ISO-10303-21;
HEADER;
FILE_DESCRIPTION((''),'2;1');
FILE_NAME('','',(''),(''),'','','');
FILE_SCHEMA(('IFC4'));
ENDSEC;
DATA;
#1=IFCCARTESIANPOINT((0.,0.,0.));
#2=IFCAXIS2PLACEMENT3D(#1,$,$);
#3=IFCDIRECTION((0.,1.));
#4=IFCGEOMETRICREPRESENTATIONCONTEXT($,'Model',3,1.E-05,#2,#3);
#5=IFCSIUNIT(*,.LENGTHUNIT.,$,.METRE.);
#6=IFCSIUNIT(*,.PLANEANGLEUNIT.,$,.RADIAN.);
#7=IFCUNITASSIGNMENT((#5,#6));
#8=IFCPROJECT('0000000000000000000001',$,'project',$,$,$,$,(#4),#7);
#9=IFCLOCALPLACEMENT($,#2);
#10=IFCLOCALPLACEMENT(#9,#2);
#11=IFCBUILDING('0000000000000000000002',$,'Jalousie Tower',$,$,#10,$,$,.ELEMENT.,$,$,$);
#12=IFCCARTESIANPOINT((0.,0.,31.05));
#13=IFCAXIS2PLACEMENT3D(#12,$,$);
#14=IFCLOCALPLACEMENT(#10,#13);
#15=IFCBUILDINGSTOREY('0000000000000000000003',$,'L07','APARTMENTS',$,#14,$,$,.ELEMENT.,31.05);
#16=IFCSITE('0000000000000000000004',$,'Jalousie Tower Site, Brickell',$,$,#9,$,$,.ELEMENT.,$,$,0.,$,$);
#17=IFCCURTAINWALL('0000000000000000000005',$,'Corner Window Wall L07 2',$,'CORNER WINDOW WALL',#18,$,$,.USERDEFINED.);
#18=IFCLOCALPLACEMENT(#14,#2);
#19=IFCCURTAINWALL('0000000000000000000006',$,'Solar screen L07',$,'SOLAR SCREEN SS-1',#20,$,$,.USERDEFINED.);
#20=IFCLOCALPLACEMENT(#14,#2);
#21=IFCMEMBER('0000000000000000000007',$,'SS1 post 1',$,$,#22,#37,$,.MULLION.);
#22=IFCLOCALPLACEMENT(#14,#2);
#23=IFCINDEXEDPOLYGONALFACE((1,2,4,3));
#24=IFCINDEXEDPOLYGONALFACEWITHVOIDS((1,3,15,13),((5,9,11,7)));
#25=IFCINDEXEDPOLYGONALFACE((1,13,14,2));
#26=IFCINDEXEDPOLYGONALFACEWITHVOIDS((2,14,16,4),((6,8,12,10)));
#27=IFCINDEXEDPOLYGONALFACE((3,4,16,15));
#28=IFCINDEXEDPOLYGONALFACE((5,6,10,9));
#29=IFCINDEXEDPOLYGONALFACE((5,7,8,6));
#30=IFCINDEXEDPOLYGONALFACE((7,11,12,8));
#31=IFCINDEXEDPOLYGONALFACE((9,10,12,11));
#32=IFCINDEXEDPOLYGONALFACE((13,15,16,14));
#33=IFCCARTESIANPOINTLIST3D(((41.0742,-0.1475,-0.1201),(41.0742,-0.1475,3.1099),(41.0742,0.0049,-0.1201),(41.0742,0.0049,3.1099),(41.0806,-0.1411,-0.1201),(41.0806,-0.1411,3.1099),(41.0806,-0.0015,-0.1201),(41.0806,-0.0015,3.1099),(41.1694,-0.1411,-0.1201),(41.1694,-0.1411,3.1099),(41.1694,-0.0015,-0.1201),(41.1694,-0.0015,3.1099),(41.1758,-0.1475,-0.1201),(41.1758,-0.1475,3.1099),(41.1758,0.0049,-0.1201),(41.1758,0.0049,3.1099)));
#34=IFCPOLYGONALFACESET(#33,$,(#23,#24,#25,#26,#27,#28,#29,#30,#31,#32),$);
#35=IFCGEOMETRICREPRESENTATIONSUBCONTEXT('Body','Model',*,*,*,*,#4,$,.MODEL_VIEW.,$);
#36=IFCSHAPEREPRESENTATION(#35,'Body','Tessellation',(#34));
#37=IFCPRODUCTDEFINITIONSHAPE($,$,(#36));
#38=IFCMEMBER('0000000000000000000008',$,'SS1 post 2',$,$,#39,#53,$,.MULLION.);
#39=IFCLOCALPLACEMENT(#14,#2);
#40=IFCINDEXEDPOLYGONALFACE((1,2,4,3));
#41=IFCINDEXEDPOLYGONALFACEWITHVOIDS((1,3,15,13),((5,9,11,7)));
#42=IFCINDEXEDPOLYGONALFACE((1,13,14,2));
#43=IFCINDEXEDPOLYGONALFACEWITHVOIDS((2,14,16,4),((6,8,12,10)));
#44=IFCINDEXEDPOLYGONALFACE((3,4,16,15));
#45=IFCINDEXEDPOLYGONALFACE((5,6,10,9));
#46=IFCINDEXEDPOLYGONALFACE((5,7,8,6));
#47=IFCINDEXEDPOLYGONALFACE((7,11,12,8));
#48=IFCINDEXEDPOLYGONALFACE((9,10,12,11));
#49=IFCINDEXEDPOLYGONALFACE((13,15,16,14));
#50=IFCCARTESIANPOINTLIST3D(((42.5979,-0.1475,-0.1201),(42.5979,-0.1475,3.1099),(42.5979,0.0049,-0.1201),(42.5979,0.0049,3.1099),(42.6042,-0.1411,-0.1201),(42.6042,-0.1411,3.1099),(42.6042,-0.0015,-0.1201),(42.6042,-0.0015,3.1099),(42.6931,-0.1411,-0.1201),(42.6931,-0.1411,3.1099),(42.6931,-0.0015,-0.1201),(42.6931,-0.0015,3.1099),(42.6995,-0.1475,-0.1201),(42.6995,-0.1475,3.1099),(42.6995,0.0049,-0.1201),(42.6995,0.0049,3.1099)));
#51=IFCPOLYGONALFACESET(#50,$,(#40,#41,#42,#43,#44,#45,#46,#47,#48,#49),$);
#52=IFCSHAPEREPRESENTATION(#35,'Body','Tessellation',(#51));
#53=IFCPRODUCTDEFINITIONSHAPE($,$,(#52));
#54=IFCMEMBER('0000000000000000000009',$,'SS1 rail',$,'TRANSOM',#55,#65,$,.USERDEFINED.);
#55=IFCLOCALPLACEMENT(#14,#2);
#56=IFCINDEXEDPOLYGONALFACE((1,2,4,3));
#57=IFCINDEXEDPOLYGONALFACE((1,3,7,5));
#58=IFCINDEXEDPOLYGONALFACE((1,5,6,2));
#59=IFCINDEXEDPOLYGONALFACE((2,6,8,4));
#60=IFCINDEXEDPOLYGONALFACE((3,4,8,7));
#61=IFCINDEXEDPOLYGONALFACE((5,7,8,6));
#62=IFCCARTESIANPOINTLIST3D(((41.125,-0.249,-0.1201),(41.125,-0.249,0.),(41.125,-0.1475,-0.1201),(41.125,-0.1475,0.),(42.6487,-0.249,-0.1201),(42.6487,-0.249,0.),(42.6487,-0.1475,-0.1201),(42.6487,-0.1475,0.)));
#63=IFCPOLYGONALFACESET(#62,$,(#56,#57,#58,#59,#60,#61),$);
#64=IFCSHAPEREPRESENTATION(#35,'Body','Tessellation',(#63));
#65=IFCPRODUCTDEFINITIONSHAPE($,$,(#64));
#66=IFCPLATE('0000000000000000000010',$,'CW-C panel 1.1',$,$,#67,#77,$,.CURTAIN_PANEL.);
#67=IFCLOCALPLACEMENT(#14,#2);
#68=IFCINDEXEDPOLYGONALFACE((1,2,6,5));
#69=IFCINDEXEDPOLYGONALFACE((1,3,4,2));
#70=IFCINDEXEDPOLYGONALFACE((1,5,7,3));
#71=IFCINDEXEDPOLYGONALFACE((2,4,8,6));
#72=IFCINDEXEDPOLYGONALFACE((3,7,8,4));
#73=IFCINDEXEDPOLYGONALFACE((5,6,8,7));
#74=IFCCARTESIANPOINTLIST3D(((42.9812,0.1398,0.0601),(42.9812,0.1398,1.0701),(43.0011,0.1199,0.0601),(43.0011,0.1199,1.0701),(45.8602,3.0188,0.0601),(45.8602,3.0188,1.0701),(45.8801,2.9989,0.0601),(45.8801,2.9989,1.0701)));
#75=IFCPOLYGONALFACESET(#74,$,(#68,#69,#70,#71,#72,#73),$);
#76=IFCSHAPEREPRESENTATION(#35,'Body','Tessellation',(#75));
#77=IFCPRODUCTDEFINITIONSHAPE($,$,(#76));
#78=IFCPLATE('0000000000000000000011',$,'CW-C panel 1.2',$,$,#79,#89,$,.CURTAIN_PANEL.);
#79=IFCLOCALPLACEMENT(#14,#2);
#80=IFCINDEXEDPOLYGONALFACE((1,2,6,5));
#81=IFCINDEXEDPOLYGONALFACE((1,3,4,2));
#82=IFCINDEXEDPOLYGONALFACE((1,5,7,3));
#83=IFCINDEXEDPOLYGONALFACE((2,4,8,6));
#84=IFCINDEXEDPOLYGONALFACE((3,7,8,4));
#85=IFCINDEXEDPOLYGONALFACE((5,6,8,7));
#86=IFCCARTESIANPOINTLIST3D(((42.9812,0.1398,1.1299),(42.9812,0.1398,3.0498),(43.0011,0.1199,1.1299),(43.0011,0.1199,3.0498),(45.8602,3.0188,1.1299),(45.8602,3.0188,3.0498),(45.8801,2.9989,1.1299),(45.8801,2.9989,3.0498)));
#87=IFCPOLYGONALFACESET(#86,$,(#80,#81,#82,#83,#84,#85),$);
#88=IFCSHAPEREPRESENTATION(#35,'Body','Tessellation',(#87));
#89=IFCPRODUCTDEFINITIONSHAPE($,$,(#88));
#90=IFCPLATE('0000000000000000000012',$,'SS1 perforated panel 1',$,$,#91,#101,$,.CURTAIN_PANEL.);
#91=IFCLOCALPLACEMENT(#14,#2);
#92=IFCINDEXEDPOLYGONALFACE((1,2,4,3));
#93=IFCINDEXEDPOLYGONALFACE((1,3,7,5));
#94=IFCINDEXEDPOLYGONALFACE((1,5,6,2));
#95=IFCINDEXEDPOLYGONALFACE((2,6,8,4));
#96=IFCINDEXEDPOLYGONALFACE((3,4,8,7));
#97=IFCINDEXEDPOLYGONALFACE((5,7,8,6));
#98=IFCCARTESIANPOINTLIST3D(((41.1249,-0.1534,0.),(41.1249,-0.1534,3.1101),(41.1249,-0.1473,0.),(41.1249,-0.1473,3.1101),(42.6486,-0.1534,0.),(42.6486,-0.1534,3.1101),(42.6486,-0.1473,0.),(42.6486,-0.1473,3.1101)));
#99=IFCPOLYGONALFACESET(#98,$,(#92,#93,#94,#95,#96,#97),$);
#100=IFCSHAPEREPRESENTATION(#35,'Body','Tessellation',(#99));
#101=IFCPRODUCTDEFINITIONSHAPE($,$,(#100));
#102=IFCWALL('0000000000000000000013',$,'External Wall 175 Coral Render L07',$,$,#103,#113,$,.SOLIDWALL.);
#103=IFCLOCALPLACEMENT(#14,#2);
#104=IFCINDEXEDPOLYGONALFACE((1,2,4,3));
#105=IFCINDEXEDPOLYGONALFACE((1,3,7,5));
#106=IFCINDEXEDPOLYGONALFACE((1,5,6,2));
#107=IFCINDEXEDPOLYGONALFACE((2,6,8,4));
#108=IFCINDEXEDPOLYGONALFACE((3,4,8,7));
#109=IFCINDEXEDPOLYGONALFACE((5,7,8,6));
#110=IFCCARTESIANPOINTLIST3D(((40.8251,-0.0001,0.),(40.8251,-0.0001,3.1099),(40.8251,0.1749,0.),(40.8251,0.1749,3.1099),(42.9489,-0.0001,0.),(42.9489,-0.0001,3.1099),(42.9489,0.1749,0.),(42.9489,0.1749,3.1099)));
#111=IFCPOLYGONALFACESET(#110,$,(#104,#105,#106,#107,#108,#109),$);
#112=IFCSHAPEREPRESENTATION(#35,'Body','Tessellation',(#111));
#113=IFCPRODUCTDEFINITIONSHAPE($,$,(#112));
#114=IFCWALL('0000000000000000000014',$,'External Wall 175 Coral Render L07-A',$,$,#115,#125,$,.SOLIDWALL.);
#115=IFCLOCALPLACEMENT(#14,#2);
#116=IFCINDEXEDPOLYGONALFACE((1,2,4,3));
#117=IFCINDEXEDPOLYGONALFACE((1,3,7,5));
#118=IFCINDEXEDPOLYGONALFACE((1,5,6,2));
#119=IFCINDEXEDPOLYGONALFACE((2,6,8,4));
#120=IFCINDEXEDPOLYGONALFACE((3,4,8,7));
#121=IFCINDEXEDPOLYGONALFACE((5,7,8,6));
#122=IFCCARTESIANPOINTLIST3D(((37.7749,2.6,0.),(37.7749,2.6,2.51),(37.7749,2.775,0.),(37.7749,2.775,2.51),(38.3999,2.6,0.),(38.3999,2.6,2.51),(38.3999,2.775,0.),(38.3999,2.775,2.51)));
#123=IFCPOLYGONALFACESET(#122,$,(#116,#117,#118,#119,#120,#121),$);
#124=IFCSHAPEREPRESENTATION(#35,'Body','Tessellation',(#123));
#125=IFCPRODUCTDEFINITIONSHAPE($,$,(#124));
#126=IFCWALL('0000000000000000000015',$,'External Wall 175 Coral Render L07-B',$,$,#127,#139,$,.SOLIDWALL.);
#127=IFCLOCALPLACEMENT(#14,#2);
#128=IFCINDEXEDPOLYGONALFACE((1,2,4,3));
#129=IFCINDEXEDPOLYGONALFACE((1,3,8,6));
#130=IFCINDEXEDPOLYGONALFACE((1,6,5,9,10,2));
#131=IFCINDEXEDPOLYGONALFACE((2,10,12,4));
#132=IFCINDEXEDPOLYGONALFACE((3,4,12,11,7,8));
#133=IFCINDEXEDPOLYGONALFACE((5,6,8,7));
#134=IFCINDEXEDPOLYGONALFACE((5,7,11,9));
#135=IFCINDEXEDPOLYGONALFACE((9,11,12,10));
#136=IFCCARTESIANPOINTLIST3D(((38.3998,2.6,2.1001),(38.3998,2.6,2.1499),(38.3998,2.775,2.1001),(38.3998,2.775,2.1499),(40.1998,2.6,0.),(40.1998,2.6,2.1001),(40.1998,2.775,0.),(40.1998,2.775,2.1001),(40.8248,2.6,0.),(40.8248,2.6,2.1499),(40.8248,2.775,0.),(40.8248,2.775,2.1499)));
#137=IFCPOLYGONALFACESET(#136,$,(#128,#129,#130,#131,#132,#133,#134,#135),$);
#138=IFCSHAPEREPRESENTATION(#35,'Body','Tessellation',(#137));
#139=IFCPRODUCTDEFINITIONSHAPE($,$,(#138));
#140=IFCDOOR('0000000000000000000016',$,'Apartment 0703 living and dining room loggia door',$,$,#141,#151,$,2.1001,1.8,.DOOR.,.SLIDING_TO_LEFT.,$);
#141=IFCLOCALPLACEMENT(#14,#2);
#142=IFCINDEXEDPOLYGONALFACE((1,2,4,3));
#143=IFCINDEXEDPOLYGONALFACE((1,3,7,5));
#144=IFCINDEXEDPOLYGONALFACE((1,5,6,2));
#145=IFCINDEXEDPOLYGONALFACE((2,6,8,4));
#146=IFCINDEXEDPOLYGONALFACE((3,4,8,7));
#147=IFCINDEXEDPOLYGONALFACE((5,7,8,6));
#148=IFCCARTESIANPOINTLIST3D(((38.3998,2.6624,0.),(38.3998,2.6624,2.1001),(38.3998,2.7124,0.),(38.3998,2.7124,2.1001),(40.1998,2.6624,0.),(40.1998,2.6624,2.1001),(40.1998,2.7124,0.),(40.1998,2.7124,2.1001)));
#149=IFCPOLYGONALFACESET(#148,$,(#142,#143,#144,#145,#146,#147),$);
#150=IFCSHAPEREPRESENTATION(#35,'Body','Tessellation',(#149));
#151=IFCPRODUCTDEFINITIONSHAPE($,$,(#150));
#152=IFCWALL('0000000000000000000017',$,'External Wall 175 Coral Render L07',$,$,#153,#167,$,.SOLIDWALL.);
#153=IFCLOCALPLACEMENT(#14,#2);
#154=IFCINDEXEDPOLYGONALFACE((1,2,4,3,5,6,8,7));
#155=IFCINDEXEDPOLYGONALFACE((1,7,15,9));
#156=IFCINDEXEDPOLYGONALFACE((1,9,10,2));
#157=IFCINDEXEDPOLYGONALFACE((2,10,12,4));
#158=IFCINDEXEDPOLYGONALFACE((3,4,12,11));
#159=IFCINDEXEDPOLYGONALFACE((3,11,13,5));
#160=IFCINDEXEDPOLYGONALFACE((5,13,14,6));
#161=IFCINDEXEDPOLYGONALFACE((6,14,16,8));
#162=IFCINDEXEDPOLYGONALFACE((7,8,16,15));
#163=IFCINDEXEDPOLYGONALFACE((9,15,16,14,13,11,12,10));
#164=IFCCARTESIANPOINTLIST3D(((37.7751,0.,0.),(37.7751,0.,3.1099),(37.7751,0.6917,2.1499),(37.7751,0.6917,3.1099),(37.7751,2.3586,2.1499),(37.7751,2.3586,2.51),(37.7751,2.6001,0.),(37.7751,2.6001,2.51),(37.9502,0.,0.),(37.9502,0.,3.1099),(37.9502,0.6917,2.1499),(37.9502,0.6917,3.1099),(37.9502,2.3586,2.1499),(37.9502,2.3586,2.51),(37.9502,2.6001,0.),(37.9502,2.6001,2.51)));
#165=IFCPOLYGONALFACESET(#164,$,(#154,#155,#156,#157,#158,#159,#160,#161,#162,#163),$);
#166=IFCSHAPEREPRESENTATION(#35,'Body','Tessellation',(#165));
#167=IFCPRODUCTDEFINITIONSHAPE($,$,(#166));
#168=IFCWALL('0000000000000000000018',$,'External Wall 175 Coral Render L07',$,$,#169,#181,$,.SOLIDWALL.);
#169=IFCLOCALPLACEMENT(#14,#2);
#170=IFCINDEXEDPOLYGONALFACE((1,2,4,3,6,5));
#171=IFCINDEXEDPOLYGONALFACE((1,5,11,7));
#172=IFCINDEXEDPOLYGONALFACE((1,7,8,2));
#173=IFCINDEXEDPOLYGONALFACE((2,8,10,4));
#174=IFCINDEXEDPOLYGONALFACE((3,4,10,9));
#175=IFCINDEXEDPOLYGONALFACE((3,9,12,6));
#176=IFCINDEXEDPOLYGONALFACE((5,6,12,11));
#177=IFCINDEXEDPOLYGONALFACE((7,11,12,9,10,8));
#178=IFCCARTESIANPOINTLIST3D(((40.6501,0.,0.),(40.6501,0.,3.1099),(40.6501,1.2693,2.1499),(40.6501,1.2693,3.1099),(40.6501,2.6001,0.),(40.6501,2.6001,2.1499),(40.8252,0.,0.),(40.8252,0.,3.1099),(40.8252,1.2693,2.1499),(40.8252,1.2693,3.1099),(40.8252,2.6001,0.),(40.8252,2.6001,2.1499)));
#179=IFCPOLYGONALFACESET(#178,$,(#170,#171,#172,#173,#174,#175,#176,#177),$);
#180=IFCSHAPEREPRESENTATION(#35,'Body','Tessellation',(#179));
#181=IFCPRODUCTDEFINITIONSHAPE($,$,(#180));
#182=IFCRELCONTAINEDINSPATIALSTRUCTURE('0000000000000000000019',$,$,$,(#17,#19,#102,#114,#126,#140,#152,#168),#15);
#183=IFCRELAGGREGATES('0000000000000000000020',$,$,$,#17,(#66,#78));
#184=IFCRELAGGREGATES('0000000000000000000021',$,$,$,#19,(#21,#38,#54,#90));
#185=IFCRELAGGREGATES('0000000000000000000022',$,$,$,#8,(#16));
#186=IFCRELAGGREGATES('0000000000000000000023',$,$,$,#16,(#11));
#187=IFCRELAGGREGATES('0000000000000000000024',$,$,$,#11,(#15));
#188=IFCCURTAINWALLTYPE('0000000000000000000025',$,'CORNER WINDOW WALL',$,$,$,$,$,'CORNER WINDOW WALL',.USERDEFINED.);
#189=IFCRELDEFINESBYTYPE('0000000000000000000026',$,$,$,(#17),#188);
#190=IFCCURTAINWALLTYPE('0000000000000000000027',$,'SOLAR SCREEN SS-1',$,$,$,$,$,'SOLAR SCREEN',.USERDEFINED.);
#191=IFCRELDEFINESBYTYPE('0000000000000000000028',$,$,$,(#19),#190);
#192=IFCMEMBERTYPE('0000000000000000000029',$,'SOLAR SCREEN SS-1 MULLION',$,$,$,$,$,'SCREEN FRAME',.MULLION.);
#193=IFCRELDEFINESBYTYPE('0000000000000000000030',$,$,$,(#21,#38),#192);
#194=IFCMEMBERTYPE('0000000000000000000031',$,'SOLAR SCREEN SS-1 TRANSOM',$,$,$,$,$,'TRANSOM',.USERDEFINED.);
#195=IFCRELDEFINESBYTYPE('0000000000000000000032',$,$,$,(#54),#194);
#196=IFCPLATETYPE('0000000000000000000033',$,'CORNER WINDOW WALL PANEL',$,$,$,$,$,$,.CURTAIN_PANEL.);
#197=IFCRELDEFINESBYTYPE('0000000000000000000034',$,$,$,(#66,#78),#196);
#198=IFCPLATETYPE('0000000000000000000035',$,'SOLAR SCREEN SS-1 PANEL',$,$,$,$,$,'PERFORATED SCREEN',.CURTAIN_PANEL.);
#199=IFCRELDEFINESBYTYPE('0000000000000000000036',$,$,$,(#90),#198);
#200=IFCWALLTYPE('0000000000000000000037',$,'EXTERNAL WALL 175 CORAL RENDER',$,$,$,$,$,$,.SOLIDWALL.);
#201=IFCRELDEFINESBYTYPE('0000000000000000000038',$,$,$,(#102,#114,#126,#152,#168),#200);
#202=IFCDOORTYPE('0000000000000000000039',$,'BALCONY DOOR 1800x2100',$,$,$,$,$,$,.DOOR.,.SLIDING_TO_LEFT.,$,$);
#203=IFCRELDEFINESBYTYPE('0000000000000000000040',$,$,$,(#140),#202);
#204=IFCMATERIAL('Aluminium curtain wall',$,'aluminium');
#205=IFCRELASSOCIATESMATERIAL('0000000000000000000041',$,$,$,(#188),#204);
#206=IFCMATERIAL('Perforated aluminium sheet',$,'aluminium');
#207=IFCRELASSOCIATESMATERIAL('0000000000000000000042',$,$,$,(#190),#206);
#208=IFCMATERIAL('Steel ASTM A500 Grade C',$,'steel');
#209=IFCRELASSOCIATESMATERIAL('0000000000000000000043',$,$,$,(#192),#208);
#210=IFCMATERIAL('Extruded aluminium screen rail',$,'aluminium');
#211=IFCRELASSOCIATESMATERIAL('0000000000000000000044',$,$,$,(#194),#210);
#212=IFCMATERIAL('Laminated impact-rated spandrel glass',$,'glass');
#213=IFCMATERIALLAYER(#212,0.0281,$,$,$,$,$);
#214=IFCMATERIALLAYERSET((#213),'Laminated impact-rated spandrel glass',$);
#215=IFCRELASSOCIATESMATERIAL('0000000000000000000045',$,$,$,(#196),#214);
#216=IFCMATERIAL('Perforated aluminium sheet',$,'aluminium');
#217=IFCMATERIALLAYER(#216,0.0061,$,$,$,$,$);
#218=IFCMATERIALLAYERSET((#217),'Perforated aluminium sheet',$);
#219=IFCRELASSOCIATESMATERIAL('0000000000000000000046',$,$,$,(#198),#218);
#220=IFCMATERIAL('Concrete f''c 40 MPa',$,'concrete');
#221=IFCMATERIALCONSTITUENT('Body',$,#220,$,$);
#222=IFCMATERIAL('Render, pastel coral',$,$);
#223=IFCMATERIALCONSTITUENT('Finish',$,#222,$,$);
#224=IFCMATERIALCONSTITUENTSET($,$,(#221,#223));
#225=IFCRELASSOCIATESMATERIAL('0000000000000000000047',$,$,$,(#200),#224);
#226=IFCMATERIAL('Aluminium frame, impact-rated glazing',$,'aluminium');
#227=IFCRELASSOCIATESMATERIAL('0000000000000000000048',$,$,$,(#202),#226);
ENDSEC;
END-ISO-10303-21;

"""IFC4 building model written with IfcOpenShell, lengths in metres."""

from ifc_helpers import new_model, si_unit, direction, frame, frame_2d, origin, origin_2d, place, context, subcontext, project, spatial, polyline, rectangle, hollow_rectangle, outline, extrude, material, layer, layer_set, constituent, constituent_set, material_profile, profile_set, type_object, element, fill, aggregate, save


model = new_model("IFC4")

# Units and contexts
model_context = context("Model", 3, precision=1e-05, world=origin(), true_north=direction((0.0, 1.0)))
body_context = subcontext(model_context, "Body", "Model", "MODEL_VIEW")
ifc_project = project(units=[si_unit("LENGTHUNIT", "METRE"), si_unit("PLANEANGLEUNIT", "RADIAN")], contexts=[model_context])

# Site, building, storey
site_placement = place(None, origin())
site = spatial("IfcSite", under=ifc_project, at=site_placement, Name="Jalousie Tower Site, Brickell", CompositionType="ELEMENT", RefElevation=0.0)
building_placement = place(site_placement, origin())
building = spatial("IfcBuilding", under=site, at=building_placement, Name="Jalousie Tower", CompositionType="ELEMENT")
storey_placement = place(building_placement, frame((0.0, 0.0, 31.05)))
storey = spatial("IfcBuildingStorey", under=building, at=storey_placement, Name="L07", Description="APARTMENTS", CompositionType="ELEMENT", Elevation=31.05)

# Curtain wall
ifc_material_1 = material(Name="Aluminium curtain wall", Category="aluminium")
curtain_wall_type_1 = type_object("IfcCurtainWallType", Name="CORNER WINDOW WALL", ElementType="CORNER WINDOW WALL", PredefinedType="USERDEFINED", material=ifc_material_1)
curtain_wall_1_placement = place(storey_placement, origin())
curtain_wall_1 = element("IfcCurtainWall", 1, at=curtain_wall_1_placement, inside=storey, type_object=curtain_wall_type_1, Name="Corner Window Wall L07 2", ObjectType="CORNER WINDOW WALL", PredefinedType="USERDEFINED")

# Curtain wall, members
ifc_material_2 = material(Name="Perforated aluminium sheet", Category="aluminium")
curtain_wall_type_2 = type_object("IfcCurtainWallType", Name="SOLAR SCREEN SS-1", ElementType="SOLAR SCREEN", PredefinedType="USERDEFINED", material=ifc_material_2)
curtain_wall_2_placement = place(storey_placement, origin())
curtain_wall_2 = element("IfcCurtainWall", 2, at=curtain_wall_2_placement, inside=storey, type_object=curtain_wall_type_2, Name="Solar screen L07", ObjectType="SOLAR SCREEN SS-1", PredefinedType="USERDEFINED")
ifc_material_3 = material(Name="Steel ASTM A500 Grade C", Category="steel")
ifc_material_profile_1 = material_profile(ifc_material_3, hollow_rectangle(XDim=0.1016, YDim=0.1523, WallThickness=0.0063, at=origin_2d()), Name="HSS6X4X1/4")
ifc_profile_set_1 = profile_set([ifc_material_profile_1], Name="Steel ASTM A500 Grade C")
member_type_1 = type_object("IfcMemberType", Name="SOLAR SCREEN SS-1 MULLION", ElementType="SCREEN FRAME", PredefinedType="MULLION", material=ifc_profile_set_1)
member_1_placement = place(storey_placement, frame((41.125, -0.0713, -0.1201), z_axis=(0.0, 0.0, 1.0), x_axis=(1.0, 0.0, 0.0)))
member_1 = element("IfcMember", 3, at=member_1_placement, type_object=member_type_1, Name="SS1 post 1", PredefinedType="MULLION", context=body_context, shape_type="SweptSolid", body=[
    extrude(hollow_rectangle(XDim=0.1016, YDim=0.1523, WallThickness=0.0063, at=origin_2d()), origin(), (0.0, 0.0, 1.0), 3.23),
])
member_2_placement = place(storey_placement, frame((42.6487, -0.0713, -0.1201), z_axis=(0.0, 0.0, 1.0), x_axis=(1.0, 0.0, 0.0)))
member_2 = element("IfcMember", 4, at=member_2_placement, type_object=member_type_1, Name="SS1 post 2", PredefinedType="MULLION", context=body_context, shape_type="SweptSolid", body=[
    extrude(hollow_rectangle(XDim=0.1016, YDim=0.1523, WallThickness=0.0063, at=origin_2d()), origin(), (0.0, 0.0, 1.0), 3.23),
])
ifc_material_4 = material(Name="Extruded aluminium screen rail", Category="aluminium")
ifc_material_profile_2 = material_profile(ifc_material_4, rectangle(XDim=0.1016, YDim=0.1201, at=origin_2d()), Name="RAIL 102x120")
ifc_profile_set_2 = profile_set([ifc_material_profile_2], Name="Extruded aluminium screen rail")
member_type_2 = type_object("IfcMemberType", Name="SOLAR SCREEN SS-1 TRANSOM", ElementType="TRANSOM", PredefinedType="USERDEFINED", material=ifc_profile_set_2)
member_3_placement = place(storey_placement, frame((41.125, -0.1982, -0.0601), z_axis=(1.0, 0.0, 0.0), x_axis=(0.0, 1.0, 0.0)))
member_3 = element("IfcMember", 5, at=member_3_placement, type_object=member_type_2, Name="SS1 rail", ObjectType="TRANSOM", PredefinedType="USERDEFINED", context=body_context, shape_type="SweptSolid", body=[
    extrude(rectangle(XDim=0.1016, YDim=0.1201, at=origin_2d()), origin(), (0.0, 0.0, 1.0), 1.5237),
])

# Plates
ifc_material_5 = material(Name="Laminated impact-rated spandrel glass", Category="glass")
ifc_layer_1 = layer(ifc_material_5, 0.0281)
ifc_layer_set_1 = layer_set([ifc_layer_1], Name="Laminated impact-rated spandrel glass")
plate_type_1 = type_object("IfcPlateType", Name="CORNER WINDOW WALL PANEL", PredefinedType="CURTAIN_PANEL", material=ifc_layer_set_1)
plate_1_placement = place(storey_placement, frame((44.4307, 1.5693, 0.0601), z_axis=(0.0, 0.0, 1.0), x_axis=(0.707107, 0.707107, 0.0)))
plate_1 = element("IfcPlate", 6, at=plate_1_placement, type_object=plate_type_1, Name="CW-C panel 1.1", PredefinedType="CURTAIN_PANEL", context=body_context, shape_type="SweptSolid", body=[
    extrude(rectangle(XDim=4.0715, YDim=0.0281, at=origin_2d()), origin(), (0.0, 0.0, 1.0), 1.01),
])
plate_2_placement = place(storey_placement, frame((44.4307, 1.5693, 1.1299), z_axis=(0.0, 0.0, 1.0), x_axis=(0.707107, 0.707107, 0.0)))
plate_2 = element("IfcPlate", 7, at=plate_2_placement, type_object=plate_type_1, Name="CW-C panel 1.2", PredefinedType="CURTAIN_PANEL", context=body_context, shape_type="SweptSolid", body=[
    extrude(rectangle(XDim=4.0715, YDim=0.0281, at=origin_2d()), origin(), (0.0, 0.0, 1.0), 1.9199),
])
aggregate(curtain_wall_1, [plate_1, plate_2])
ifc_material_6 = material(Name="Perforated aluminium sheet", Category="aluminium")
ifc_layer_2 = layer(ifc_material_6, 0.0061)
ifc_layer_set_2 = layer_set([ifc_layer_2], Name="Perforated aluminium sheet")
plate_type_2 = type_object("IfcPlateType", Name="SOLAR SCREEN SS-1 PANEL", ElementType="PERFORATED SCREEN", PredefinedType="CURTAIN_PANEL", material=ifc_layer_set_2)
plate_3_placement = place(storey_placement, frame((41.8867, -0.1504, 0.0), z_axis=(0.0, 0.0, 1.0), x_axis=(1.0, 0.0, 0.0)))
plate_3 = element("IfcPlate", 8, at=plate_3_placement, type_object=plate_type_2, Name="SS1 perforated panel 1", PredefinedType="CURTAIN_PANEL", context=body_context, shape_type="SweptSolid", body=[
    extrude(rectangle(XDim=1.5237, YDim=0.0061, at=origin_2d()), origin(), (0.0, 0.0, 1.0), 3.1101),
])
aggregate(curtain_wall_2, [member_1, member_2, member_3, plate_3])

# Walls
ifc_material_7 = material(Name="Concrete f'c 40 MPa", Category="concrete")
ifc_constituent_1 = constituent(ifc_material_7, Name="Body")
ifc_material_8 = material(Name="Render, pastel coral")
ifc_constituent_2 = constituent(ifc_material_8, Name="Finish")
ifc_constituent_set = constituent_set(constituents=[ifc_constituent_1, ifc_constituent_2])
wall_type = type_object("IfcWallType", Name="EXTERNAL WALL 175 CORAL RENDER", PredefinedType="SOLIDWALL", material=ifc_constituent_set)
wall_1_placement = place(storey_placement, frame((40.825, 0.0874, 0.0), z_axis=(0.0, 0.0, 1.0), x_axis=(1.0, 0.0, 0.0)))
element("IfcWall", 9, at=wall_1_placement, inside=storey, type_object=wall_type, Name="External Wall 175 Coral Render L07", PredefinedType="SOLIDWALL", context=body_context, shape_type="SweptSolid", body=[
    extrude(rectangle(XDim=2.1238, YDim=0.175, at=frame_2d((1.062, 0.0))), origin(), (0.0, 0.0, 1.0), 3.1099),
])
wall_2_placement = place(storey_placement, frame((37.7749, 2.6875, 0.0), z_axis=(0.0, 0.0, 1.0), x_axis=(1.0, 0.0, 0.0)))
element("IfcWall", 10, at=wall_2_placement, inside=storey, type_object=wall_type, Name="External Wall 175 Coral Render L07-A", PredefinedType="SOLIDWALL", context=body_context, shape_type="SweptSolid", body=[
    extrude(rectangle(XDim=0.625, YDim=0.175, at=frame_2d((0.3125, 0.0))), origin(), (0.0, 0.0, 1.0), 2.51),
])

# Wall, opening, door
wall_3_placement = place(storey_placement, frame((38.3999, 2.6875, 0.0), z_axis=(0.0, 0.0, 1.0), x_axis=(1.0, 0.0, 0.0)))
wall_3 = element("IfcWall", 11, at=wall_3_placement, inside=storey, type_object=wall_type, Name="External Wall 175 Coral Render L07-B", PredefinedType="SOLIDWALL", context=body_context, shape_type="SweptSolid", body=[
    extrude(rectangle(XDim=2.425, YDim=0.175, at=frame_2d((1.2124, 0.0))), origin(), (0.0, 0.0, 1.0), 2.1499),
])
opening_placement = place(wall_3_placement, origin())
opening = element("IfcOpeningElement", 12, at=opening_placement, cuts=wall_3, PredefinedType="OPENING", context=body_context, shape_type="SweptSolid", body=[
    extrude(rectangle(XDim=1.8, YDim=2.1001, at=frame_2d((0.8999, 1.05))), frame((0.0, 0.0974, 0.0), z_axis=(0.0, -1.0, 0.0), x_axis=(1.0, 0.0, 0.0)), (0.0, 0.0, 1.0), 0.1951),
])
ifc_material_9 = material(Name="Aluminium frame, impact-rated glazing", Category="aluminium")
door_type = type_object("IfcDoorType", Name="BALCONY DOOR 1800x2100", OperationType="SLIDING_TO_LEFT", PredefinedType="DOOR", material=ifc_material_9)
door_placement = place(opening_placement, origin())
door = element("IfcDoor", 13, at=door_placement, inside=storey, type_object=door_type, Name="Apartment 0703 living and dining room loggia door", OperationType="SLIDING_TO_LEFT", OverallHeight=2.1001, OverallWidth=1.8, PredefinedType="DOOR", context=body_context, shape_type="SweptSolid", body=[
    extrude(rectangle(XDim=1.8, YDim=2.1001, at=frame_2d((0.8999, 1.05))), frame((0.0, 0.0249, 0.0), z_axis=(0.0, -1.0, 0.0), x_axis=(1.0, 0.0, 0.0)), (0.0, 0.0, 1.0), 0.05),
])
fill(opening, door)

# Walls
wall_4_placement = place(storey_placement, frame((37.8625, 0.0, 0.0), z_axis=(0.0, 0.0, 1.0), x_axis=(0.0, 1.0, 0.0)))
element("IfcWall", 14, at=wall_4_placement, inside=storey, type_object=wall_type, Name="External Wall 175 Coral Render L07", PredefinedType="SOLIDWALL", context=body_context, shape_type="SweptSolid", body=[
    extrude(outline(polyline([(0.0, 0.0), (2.6001, 0.0), (2.6001, 2.51), (2.3586, 2.51), (2.3586, 2.1499), (0.6917, 2.1499), (0.6917, 3.1099), (0.0, 3.1099), (0.0, 0.0)])), frame((0.0, 0.0874, 0.0), z_axis=(0.0, -1.0, 0.0), x_axis=(1.0, 0.0, 0.0)), (0.0, 0.0, 1.0), 0.175),
])
wall_5_placement = place(storey_placement, frame((40.7375, 0.0, 0.0), z_axis=(0.0, 0.0, 1.0), x_axis=(0.0, 1.0, 0.0)))
element("IfcWall", 15, at=wall_5_placement, inside=storey, type_object=wall_type, Name="External Wall 175 Coral Render L07", PredefinedType="SOLIDWALL", context=body_context, shape_type="SweptSolid", body=[
    extrude(outline(polyline([(0.0, 0.0), (2.6001, 0.0), (2.6001, 2.1499), (1.2693, 2.1499), (1.2693, 3.1099), (0.0, 3.1099), (0.0, 0.0)])), frame((0.0, 0.0874, 0.0), z_axis=(0.0, -1.0, 0.0), x_axis=(1.0, 0.0, 0.0)), (0.0, 0.0, 1.0), 0.175),
])

save(model, "model.ifc")
